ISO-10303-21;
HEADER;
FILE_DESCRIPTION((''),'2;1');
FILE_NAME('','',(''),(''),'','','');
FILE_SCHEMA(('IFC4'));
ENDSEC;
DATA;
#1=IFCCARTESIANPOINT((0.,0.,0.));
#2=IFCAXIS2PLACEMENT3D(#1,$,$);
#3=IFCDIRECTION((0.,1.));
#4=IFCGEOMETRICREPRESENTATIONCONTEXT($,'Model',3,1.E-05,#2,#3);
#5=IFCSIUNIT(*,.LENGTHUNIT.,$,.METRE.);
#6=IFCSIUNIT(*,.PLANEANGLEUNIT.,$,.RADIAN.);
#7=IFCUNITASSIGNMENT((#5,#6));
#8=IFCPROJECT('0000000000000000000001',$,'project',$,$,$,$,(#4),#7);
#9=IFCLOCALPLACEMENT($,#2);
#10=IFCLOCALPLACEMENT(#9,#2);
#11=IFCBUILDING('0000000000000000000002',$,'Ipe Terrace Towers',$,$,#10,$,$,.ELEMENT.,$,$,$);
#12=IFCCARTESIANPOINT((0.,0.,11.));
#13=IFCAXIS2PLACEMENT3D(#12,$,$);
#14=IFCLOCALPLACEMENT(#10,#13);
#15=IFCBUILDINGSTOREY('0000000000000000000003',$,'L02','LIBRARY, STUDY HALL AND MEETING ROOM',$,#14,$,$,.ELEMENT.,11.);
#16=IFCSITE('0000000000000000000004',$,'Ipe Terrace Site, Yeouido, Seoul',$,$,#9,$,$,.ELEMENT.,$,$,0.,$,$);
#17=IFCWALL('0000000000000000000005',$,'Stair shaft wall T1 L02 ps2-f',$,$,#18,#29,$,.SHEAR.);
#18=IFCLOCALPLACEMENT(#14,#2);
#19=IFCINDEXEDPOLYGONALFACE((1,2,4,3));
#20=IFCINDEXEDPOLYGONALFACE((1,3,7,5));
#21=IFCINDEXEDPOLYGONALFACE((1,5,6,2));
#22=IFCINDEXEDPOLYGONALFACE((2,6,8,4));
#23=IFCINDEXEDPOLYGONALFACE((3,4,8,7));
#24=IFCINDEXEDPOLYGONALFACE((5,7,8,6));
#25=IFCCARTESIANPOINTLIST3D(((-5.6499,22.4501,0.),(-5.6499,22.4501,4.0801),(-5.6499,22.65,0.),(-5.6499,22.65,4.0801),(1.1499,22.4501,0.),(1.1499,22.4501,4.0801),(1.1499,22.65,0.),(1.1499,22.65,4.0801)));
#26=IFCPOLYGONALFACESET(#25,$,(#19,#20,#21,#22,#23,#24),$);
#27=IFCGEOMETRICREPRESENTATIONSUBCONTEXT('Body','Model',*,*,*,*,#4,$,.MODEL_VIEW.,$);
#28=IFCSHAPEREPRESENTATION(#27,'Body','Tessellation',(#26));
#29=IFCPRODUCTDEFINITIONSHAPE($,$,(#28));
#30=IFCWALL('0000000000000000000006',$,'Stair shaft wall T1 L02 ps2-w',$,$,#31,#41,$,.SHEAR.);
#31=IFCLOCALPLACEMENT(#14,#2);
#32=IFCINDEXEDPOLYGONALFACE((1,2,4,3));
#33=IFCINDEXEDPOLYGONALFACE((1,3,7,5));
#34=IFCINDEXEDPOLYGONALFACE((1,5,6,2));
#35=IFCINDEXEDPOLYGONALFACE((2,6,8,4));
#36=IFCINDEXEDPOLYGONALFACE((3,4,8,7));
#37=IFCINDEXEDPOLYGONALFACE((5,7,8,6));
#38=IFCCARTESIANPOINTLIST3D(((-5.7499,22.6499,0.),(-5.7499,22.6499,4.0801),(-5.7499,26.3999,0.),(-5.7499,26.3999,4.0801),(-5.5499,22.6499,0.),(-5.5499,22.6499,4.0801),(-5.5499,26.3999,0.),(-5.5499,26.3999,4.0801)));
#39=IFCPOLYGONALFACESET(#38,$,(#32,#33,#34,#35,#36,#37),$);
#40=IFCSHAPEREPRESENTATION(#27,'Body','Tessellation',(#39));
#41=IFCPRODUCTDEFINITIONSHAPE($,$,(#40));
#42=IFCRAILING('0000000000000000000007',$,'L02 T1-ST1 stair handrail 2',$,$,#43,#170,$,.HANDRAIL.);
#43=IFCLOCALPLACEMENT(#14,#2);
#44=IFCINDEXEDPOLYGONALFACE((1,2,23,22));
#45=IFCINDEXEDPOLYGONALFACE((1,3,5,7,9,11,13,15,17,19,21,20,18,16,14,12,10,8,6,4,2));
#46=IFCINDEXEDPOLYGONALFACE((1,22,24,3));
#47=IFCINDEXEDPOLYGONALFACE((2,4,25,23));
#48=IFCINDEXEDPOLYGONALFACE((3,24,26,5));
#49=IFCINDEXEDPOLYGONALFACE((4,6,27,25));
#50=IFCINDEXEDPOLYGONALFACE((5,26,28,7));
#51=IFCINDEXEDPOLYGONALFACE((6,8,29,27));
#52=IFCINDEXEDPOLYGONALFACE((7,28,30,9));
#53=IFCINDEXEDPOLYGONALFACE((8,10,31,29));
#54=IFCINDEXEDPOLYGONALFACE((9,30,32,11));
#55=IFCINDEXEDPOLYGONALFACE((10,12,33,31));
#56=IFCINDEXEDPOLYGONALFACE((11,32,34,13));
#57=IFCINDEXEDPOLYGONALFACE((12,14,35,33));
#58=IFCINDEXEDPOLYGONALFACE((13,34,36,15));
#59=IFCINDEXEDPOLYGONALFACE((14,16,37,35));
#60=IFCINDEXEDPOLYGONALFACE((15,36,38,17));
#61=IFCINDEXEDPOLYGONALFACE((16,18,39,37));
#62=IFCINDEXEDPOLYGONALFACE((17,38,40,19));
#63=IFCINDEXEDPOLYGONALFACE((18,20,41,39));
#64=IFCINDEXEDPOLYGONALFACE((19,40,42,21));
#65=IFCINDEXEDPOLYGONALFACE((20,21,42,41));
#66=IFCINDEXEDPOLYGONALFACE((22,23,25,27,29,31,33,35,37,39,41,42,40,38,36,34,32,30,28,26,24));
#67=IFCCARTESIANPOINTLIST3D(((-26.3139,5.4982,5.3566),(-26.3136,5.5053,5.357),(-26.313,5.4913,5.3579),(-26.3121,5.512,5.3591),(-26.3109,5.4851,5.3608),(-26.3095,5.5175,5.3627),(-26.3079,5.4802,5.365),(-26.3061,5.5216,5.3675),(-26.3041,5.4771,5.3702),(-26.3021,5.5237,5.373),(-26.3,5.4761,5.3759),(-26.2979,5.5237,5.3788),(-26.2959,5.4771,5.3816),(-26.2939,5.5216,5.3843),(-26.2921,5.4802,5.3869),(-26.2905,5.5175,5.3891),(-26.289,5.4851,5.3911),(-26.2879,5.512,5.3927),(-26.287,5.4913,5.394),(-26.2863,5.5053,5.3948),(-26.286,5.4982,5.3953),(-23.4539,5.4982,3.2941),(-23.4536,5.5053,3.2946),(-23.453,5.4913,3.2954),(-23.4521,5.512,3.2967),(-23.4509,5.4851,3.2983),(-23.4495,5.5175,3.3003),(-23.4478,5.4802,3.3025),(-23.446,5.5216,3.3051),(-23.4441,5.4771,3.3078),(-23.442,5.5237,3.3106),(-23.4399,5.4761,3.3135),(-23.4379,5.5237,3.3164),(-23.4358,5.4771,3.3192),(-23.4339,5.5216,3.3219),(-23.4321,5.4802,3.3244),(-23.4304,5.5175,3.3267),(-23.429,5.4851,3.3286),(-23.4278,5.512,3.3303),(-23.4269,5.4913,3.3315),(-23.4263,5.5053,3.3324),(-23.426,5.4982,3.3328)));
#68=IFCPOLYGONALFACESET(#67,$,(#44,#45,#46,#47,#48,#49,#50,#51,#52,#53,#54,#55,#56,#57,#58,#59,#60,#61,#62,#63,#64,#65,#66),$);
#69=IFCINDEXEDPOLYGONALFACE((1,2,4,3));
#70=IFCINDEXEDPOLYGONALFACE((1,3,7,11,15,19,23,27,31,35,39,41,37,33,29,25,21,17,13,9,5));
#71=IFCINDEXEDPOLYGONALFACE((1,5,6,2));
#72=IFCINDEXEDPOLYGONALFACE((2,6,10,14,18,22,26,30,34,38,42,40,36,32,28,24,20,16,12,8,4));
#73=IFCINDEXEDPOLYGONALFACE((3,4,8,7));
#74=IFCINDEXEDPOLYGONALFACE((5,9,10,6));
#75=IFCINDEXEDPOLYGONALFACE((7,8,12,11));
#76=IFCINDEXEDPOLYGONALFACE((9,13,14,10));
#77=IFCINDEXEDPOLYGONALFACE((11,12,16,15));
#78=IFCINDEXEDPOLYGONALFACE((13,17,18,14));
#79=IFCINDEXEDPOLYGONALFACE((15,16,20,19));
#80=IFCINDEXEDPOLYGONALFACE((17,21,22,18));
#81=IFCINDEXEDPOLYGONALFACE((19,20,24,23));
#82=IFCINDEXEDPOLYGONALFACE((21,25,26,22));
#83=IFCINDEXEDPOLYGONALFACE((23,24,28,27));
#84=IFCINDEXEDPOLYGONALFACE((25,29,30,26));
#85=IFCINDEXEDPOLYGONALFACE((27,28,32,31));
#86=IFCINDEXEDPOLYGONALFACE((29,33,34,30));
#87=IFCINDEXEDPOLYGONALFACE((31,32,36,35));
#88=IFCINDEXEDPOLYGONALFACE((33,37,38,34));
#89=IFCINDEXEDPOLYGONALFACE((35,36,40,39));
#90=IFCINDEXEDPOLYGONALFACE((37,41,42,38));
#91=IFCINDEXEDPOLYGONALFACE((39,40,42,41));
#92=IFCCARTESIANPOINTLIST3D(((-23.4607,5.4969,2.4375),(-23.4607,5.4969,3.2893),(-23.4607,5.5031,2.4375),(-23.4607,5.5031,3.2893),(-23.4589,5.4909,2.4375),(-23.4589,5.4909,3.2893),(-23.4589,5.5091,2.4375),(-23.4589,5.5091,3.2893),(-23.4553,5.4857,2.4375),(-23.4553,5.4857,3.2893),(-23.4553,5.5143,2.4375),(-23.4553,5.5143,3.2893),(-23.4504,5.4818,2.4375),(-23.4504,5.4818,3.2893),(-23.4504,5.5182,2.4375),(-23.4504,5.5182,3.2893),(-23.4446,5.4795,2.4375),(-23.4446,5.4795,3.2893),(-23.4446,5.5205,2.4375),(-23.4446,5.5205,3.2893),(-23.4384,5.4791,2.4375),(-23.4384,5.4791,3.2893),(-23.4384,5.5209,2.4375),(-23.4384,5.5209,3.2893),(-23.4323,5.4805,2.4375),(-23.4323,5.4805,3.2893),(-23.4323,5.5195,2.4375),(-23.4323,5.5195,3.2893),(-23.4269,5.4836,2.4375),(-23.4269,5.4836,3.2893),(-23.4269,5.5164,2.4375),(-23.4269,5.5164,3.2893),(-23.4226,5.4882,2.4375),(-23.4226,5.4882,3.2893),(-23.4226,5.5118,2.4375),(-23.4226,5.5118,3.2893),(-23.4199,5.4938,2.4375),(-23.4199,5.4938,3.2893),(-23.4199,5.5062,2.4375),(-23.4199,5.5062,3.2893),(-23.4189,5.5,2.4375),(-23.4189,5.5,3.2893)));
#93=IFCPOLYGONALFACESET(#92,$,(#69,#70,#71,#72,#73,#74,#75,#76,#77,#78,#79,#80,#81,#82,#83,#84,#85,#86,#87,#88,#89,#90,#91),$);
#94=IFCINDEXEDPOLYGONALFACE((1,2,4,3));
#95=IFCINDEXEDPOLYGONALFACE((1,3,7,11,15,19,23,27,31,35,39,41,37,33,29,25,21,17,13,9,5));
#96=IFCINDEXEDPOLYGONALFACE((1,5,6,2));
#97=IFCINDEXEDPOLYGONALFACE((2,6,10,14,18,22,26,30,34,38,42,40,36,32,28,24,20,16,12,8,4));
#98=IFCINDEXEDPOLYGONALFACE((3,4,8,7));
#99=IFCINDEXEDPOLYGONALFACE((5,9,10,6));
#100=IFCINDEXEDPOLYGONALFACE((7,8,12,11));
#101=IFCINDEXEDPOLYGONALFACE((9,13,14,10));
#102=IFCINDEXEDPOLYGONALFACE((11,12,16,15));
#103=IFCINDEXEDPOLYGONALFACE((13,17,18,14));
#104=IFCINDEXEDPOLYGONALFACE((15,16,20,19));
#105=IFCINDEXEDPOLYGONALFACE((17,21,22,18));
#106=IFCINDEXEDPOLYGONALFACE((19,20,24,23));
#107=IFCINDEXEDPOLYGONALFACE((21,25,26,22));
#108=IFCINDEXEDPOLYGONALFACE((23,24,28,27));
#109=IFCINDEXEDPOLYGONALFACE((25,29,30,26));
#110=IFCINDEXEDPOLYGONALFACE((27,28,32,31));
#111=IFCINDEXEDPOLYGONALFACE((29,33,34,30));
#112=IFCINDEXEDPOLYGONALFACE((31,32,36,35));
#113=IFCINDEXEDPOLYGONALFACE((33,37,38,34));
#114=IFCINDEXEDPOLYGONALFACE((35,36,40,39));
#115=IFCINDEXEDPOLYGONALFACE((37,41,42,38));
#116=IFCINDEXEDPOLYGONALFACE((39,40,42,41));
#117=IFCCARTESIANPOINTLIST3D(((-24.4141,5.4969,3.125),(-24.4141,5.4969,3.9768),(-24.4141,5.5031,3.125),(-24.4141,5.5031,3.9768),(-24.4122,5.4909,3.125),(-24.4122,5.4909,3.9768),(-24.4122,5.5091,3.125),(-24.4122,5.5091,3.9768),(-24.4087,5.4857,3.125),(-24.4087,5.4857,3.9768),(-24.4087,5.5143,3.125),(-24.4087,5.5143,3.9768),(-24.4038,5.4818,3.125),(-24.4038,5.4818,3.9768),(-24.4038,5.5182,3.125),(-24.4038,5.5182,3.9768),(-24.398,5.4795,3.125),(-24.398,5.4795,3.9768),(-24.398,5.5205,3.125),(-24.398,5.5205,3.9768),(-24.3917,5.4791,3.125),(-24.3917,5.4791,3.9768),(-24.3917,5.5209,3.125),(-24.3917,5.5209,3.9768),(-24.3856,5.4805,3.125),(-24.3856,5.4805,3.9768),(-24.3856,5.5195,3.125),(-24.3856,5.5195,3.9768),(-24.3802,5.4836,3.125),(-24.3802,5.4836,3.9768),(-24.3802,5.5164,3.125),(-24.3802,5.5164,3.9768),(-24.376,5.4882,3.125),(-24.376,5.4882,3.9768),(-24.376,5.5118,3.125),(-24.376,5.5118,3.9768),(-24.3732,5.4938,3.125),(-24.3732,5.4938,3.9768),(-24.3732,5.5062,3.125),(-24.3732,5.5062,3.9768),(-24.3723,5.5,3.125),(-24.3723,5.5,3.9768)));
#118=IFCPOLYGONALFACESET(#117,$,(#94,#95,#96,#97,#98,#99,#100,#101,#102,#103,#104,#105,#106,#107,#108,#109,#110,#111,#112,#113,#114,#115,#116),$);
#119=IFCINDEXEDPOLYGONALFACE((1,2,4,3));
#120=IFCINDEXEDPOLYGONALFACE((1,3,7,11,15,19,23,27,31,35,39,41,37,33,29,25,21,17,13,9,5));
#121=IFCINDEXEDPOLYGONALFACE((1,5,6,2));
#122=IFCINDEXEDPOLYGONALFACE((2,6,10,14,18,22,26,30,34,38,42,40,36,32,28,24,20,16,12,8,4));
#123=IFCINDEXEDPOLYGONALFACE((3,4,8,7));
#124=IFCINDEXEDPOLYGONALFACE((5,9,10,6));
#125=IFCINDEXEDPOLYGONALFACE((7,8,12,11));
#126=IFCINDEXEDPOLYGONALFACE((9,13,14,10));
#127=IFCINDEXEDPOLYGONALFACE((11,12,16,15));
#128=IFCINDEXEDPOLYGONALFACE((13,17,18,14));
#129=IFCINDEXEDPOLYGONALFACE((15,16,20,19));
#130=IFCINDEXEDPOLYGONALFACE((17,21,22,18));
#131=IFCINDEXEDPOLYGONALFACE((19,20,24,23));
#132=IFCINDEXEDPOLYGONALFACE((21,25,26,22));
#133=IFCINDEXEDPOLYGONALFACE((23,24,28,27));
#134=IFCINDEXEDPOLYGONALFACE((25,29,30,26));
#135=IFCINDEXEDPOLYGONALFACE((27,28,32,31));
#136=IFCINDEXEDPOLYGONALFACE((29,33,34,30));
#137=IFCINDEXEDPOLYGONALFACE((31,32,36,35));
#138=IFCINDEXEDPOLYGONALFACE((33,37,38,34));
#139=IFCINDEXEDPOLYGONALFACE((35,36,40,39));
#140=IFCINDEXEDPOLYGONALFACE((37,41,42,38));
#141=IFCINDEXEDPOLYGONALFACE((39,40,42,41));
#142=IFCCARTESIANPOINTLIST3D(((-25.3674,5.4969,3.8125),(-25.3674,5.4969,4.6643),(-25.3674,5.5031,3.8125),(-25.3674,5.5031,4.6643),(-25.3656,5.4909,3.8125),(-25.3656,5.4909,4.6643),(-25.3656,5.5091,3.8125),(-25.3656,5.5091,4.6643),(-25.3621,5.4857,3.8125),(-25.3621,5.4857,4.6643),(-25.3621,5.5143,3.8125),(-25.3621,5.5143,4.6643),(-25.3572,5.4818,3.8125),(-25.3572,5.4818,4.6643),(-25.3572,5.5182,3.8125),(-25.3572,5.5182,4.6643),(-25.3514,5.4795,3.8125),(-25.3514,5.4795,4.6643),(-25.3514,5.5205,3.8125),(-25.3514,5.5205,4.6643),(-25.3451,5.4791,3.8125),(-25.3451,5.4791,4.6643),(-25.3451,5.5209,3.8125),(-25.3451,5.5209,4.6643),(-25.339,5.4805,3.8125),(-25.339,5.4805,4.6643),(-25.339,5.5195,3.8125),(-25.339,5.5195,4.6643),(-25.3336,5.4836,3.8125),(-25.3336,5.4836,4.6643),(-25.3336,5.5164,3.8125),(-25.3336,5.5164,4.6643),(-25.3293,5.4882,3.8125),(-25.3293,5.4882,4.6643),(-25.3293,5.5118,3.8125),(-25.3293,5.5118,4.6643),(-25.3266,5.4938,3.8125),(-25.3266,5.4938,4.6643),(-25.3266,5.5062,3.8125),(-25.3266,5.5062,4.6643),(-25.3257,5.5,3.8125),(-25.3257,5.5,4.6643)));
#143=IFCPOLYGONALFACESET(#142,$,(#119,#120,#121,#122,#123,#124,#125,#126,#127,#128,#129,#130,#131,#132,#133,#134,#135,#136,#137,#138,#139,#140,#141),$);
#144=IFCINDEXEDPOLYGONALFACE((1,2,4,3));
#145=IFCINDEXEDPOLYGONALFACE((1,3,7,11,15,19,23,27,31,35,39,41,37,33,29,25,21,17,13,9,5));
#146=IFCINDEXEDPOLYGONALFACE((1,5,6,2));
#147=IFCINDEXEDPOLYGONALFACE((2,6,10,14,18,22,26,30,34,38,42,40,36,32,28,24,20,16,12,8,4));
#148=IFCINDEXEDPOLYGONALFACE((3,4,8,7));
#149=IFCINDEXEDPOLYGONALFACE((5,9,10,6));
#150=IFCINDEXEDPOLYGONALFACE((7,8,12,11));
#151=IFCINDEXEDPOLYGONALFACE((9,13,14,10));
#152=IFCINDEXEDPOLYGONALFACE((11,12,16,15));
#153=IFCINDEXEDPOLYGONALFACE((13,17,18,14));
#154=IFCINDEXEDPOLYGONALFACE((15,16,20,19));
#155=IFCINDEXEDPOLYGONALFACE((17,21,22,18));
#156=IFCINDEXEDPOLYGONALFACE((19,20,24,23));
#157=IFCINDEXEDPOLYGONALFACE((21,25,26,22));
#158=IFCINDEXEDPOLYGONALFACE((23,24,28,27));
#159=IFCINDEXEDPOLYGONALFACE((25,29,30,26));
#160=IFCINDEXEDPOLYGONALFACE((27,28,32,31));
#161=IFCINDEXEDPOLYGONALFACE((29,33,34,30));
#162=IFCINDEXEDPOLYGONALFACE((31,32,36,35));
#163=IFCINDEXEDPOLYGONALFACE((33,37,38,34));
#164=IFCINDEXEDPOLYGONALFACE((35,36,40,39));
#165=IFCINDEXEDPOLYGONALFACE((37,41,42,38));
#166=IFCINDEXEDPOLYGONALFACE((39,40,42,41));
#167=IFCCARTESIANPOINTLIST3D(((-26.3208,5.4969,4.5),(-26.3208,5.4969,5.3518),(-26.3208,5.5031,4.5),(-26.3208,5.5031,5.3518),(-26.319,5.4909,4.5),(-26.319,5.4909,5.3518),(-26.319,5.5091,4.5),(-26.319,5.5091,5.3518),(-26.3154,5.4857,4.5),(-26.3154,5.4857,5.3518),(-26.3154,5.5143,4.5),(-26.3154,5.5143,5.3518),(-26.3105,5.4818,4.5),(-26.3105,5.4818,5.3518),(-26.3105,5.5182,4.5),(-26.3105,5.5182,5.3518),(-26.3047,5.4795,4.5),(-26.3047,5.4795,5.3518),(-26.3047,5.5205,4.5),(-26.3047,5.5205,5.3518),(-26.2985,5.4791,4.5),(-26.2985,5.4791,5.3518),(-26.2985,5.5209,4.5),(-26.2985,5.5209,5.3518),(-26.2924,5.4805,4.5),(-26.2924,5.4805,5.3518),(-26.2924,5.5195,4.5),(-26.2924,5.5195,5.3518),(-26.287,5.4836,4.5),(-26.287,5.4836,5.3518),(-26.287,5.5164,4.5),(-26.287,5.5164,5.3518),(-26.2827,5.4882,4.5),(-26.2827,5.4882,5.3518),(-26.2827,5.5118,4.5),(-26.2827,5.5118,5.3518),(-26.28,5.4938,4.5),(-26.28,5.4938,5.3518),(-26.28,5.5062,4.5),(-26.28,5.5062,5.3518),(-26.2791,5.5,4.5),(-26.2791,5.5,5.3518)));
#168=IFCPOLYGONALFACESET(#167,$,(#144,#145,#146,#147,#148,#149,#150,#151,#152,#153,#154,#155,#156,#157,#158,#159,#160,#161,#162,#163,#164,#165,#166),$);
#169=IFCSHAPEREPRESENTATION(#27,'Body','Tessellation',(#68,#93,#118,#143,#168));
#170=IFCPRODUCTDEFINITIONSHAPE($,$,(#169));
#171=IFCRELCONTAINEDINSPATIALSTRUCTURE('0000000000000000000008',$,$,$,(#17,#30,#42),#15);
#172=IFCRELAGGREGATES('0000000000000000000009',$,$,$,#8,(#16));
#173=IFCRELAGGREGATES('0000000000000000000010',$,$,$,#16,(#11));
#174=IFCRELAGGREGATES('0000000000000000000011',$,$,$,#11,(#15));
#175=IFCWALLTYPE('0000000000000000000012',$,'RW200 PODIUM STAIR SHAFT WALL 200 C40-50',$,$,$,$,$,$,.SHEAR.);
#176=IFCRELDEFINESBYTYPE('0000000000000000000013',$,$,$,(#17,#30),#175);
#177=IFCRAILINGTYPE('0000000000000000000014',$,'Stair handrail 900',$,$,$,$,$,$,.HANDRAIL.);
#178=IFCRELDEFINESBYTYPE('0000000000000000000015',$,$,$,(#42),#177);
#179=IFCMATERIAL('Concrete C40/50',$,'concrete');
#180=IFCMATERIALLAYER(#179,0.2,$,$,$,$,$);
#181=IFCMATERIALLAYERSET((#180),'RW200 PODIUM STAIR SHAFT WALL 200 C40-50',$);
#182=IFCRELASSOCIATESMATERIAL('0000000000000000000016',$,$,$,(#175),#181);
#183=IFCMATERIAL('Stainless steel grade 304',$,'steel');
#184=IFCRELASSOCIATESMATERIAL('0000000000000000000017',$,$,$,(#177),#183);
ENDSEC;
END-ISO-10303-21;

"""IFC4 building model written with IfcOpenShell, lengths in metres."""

from ifc_helpers import new_model, si_unit, direction, frame, frame_2d, origin, origin_2d, place, context, subcontext, project, spatial, rectangle, circle, extrude, material, layer, layer_set, type_object, element, save


model = new_model("IFC4")

# Units and contexts
model_context = context("Model", 3, precision=1e-05, world=origin(), true_north=direction((0.0, 1.0)))
body_context = subcontext(model_context, "Body", "Model", "MODEL_VIEW")
ifc_project = project(units=[si_unit("LENGTHUNIT", "METRE"), si_unit("PLANEANGLEUNIT", "RADIAN")], contexts=[model_context])

# Site, building, storey
site_placement = place(None, origin())
site = spatial("IfcSite", under=ifc_project, at=site_placement, Name="Ipe Terrace Site, Yeouido, Seoul", CompositionType="ELEMENT", RefElevation=0.0)
building_placement = place(site_placement, origin())
building = spatial("IfcBuilding", under=site, at=building_placement, Name="Ipe Terrace Towers", CompositionType="ELEMENT")
storey_placement = place(building_placement, frame((0.0, 0.0, 11.0)))
storey = spatial("IfcBuildingStorey", under=building, at=storey_placement, Name="L02", Description="LIBRARY, STUDY HALL AND MEETING ROOM", CompositionType="ELEMENT", Elevation=11.0)

# Walls
ifc_material_1 = material(Name="Concrete C40/50", Category="concrete")
ifc_layer_1 = layer(ifc_material_1, 0.2)
ifc_layer_set_1 = layer_set([ifc_layer_1], Name="RW200 PODIUM STAIR SHAFT WALL 200 C40-50")
wall_type_1 = type_object("IfcWallType", Name="RW200 PODIUM STAIR SHAFT WALL 200 C40-50", PredefinedType="SHEAR", material=ifc_layer_set_1)
wall_1_placement = place(storey_placement, frame((-5.6499, 22.55, 0.0), z_axis=(0.0, 0.0, 1.0), x_axis=(1.0, 0.0, 0.0)))
element("IfcWall", 1, at=wall_1_placement, inside=storey, type_object=wall_type_1, Name="Stair shaft wall T1 L02 ps2-f", PredefinedType="SHEAR", context=body_context, shape_type="SweptSolid", body=[
    extrude(rectangle(XDim=6.7998, YDim=0.2, at=frame_2d((3.3999, 0.0))), origin(), (0.0, 0.0, 1.0), 4.0801),
])
wall_2_placement = place(storey_placement, frame((-5.6499, 22.6499, 0.0), z_axis=(0.0, 0.0, 1.0), x_axis=(0.0, 1.0, 0.0)))
element("IfcWall", 2, at=wall_2_placement, inside=storey, type_object=wall_type_1, Name="Stair shaft wall T1 L02 ps2-w", PredefinedType="SHEAR", context=body_context, shape_type="SweptSolid", body=[
    extrude(rectangle(XDim=3.75, YDim=0.2, at=frame_2d((1.875, 0.0))), origin(), (0.0, 0.0, 1.0), 4.0801),
])

# Railing
ifc_material_2 = material(Name="Stainless steel grade 304", Category="steel")
railing_type = type_object("IfcRailingType", Name="Stair handrail 900", PredefinedType="HANDRAIL", material=ifc_material_2)
railing_placement = place(storey_placement, frame((-23.4399, 5.5, 2.4375)))
element("IfcRailing", 3, at=railing_placement, inside=storey, type_object=railing_type, Name="L02 T1-ST1 stair handrail 2", PredefinedType="HANDRAIL", context=body_context, shape_type="SweptSolid", body=[
    extrude(circle(Radius=0.0239, at=origin_2d()), frame((0.0, 0.0, 0.876), z_axis=(-0.811101, 0.0, 0.584906), x_axis=(0.0, -1.0, 0.0)), (0.0, 0.0, 1.0), 3.5261),
    extrude(circle(Radius=0.021, at=origin_2d()), origin(), (0.0, 0.0, 1.0), 0.8518),
    extrude(circle(Radius=0.021, at=origin_2d()), frame((-0.9534, 0.0, 0.6875)), (0.0, 0.0, 1.0), 0.8518),
    extrude(circle(Radius=0.021, at=origin_2d()), frame((-1.9067, 0.0, 1.375)), (0.0, 0.0, 1.0), 0.8518),
    extrude(circle(Radius=0.021, at=origin_2d()), frame((-2.8601, 0.0, 2.0625)), (0.0, 0.0, 1.0), 0.8518),
])

save(model, "model.ifc")
